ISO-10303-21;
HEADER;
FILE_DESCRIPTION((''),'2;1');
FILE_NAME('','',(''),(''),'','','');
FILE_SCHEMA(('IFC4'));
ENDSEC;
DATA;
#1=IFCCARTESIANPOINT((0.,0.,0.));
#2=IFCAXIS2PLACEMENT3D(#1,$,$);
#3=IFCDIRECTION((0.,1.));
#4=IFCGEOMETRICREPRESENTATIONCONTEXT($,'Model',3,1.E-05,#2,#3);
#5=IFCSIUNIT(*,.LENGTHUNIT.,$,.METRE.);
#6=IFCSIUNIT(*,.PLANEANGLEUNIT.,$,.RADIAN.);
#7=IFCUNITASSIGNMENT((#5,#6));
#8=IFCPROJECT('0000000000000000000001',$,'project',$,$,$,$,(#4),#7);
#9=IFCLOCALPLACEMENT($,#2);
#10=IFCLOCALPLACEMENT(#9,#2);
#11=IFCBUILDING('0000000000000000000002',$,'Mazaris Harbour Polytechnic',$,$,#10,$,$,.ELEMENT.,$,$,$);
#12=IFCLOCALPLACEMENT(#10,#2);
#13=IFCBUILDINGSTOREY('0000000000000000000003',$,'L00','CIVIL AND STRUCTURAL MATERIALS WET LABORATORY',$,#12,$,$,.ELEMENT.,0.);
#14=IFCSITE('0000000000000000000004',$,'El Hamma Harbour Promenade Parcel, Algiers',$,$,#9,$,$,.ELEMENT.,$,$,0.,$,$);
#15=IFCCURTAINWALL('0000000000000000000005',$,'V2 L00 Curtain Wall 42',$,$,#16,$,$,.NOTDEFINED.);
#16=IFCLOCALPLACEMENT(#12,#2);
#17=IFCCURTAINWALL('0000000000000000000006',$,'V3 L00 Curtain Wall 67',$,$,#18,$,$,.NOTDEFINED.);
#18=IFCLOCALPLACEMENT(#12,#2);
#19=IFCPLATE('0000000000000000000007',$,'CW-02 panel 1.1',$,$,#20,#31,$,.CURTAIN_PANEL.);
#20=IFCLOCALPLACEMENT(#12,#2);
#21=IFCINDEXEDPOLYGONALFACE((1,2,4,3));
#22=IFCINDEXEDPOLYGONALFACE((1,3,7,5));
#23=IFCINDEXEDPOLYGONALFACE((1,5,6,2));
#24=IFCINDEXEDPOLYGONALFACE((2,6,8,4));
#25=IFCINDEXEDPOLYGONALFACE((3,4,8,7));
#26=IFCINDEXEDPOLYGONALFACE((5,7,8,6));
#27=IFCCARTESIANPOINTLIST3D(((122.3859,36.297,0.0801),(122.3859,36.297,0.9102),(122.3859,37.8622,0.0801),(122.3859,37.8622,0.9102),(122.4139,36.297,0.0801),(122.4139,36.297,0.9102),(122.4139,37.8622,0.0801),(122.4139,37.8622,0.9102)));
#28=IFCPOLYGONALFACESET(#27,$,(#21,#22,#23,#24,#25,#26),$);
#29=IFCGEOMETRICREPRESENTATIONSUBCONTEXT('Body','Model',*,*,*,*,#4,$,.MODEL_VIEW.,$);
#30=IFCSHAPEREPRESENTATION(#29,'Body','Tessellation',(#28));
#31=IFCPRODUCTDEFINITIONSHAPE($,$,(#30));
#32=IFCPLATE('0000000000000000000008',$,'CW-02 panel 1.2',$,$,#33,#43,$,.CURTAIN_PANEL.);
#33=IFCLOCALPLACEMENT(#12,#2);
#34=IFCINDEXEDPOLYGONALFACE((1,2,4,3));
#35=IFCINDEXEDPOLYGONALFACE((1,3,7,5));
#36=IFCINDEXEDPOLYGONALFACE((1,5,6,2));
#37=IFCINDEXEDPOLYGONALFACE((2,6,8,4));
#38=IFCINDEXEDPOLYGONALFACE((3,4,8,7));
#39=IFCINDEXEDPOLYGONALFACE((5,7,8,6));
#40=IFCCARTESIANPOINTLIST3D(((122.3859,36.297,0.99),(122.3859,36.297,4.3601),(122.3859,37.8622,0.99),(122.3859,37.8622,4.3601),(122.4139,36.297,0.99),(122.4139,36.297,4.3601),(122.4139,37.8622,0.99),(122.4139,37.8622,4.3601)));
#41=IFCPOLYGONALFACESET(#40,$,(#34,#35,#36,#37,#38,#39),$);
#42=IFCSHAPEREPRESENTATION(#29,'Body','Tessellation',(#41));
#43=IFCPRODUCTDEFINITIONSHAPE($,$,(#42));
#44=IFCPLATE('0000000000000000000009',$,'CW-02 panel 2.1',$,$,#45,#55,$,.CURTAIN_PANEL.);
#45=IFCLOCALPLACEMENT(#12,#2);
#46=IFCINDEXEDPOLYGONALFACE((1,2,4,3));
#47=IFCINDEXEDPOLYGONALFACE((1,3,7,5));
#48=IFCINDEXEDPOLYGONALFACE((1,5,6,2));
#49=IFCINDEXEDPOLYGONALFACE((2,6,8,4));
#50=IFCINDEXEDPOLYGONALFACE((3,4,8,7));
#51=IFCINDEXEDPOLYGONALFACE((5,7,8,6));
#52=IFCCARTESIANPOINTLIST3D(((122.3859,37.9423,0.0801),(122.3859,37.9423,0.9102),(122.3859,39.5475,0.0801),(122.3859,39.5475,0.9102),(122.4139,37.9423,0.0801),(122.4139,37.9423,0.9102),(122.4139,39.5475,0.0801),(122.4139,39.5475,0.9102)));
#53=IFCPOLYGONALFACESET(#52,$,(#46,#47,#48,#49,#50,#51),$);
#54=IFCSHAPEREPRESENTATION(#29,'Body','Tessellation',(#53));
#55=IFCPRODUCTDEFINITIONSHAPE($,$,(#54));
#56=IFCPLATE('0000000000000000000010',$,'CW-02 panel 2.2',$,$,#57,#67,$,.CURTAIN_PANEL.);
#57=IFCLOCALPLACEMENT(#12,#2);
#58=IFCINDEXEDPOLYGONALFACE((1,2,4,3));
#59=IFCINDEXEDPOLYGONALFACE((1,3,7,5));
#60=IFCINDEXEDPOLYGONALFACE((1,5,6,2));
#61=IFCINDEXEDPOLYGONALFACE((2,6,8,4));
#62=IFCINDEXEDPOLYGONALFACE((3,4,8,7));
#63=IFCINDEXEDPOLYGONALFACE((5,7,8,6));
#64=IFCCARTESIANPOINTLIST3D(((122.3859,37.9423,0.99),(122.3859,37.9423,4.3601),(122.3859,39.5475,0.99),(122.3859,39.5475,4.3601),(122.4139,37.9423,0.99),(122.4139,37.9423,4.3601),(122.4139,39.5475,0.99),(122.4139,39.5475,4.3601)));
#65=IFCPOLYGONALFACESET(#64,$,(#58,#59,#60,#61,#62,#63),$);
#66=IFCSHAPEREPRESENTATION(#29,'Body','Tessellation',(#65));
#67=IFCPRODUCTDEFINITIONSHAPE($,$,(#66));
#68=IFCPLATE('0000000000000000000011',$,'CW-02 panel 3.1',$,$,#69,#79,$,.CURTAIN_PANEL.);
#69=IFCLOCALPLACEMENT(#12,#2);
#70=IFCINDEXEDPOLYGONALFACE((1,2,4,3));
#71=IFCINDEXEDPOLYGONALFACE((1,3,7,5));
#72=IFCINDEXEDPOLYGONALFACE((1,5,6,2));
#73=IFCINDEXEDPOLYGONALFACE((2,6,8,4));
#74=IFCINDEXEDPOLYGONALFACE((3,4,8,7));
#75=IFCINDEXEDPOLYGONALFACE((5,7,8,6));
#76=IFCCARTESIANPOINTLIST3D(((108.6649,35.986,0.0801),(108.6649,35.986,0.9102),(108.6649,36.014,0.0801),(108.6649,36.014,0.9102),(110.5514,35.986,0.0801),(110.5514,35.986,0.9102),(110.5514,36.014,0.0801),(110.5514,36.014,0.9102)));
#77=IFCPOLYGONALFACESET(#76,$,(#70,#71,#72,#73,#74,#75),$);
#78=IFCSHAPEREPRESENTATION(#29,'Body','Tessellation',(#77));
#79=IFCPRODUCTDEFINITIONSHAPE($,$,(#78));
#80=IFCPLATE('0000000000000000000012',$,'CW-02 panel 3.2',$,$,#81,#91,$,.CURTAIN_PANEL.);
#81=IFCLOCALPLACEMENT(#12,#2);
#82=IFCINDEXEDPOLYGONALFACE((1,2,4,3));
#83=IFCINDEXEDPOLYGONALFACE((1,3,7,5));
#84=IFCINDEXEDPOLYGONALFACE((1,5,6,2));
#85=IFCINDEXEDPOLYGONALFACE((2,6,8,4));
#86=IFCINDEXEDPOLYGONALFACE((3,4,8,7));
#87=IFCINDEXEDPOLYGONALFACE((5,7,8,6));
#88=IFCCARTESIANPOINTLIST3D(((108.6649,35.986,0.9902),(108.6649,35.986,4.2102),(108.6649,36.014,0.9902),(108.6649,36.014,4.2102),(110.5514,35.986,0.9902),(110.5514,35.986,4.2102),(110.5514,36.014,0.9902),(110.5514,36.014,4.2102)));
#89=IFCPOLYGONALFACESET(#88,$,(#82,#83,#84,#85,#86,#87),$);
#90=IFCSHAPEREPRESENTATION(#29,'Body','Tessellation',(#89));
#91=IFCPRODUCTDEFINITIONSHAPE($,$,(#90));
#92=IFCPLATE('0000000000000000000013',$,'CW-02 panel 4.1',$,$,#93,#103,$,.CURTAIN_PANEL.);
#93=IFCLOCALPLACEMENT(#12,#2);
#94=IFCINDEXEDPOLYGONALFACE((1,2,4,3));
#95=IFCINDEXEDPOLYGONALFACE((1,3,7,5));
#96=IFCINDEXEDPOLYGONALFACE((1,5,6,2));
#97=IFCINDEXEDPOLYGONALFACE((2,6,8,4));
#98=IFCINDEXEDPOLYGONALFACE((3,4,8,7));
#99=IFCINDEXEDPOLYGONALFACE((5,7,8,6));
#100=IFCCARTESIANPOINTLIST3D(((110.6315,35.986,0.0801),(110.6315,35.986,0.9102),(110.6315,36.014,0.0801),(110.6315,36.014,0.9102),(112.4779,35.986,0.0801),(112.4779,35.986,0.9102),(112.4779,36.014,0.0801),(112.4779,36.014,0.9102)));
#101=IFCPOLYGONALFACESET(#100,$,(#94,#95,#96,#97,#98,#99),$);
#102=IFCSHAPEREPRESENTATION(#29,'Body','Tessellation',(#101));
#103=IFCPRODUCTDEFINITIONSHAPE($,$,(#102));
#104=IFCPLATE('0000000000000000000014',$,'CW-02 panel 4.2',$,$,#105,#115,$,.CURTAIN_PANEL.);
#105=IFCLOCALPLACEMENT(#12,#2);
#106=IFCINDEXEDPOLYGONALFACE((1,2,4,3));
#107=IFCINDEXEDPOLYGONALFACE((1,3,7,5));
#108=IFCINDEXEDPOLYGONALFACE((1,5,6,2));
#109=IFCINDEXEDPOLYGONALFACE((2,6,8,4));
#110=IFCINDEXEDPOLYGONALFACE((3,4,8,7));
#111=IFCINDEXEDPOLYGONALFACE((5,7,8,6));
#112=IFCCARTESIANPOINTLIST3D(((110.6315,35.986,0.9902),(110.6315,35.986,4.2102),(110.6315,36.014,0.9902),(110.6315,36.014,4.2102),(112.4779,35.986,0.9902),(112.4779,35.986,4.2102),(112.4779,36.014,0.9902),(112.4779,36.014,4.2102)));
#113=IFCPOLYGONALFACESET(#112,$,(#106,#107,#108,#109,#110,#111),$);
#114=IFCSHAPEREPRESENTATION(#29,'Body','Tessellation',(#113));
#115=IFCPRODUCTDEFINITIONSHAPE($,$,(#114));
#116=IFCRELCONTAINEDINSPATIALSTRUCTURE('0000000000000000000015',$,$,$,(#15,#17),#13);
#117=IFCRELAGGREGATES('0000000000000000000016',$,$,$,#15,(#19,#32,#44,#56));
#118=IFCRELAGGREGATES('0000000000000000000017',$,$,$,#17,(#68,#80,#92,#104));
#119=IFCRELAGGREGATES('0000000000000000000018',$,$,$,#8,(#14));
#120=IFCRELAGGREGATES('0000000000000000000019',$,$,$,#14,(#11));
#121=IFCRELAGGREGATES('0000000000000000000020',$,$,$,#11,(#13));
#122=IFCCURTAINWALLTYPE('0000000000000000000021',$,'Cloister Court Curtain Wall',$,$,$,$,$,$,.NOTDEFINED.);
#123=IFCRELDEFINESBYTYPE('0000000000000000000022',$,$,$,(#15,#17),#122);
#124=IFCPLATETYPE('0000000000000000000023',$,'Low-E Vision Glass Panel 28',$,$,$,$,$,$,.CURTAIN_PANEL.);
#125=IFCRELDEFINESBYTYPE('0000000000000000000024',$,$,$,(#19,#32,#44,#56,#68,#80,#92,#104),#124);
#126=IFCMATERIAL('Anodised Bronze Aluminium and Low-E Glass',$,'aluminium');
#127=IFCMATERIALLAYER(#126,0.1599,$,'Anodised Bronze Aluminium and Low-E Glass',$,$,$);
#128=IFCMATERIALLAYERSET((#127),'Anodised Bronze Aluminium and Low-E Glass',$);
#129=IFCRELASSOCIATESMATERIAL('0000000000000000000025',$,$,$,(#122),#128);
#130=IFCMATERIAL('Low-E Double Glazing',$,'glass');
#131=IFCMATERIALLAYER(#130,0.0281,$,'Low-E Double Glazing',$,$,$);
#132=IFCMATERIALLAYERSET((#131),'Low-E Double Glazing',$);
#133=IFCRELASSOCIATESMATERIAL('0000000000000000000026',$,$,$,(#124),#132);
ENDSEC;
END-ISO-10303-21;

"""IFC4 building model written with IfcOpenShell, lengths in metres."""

from ifc_helpers import new_model, si_unit, direction, frame, origin, origin_2d, place, context, subcontext, project, spatial, rectangle, extrude, material, layer, layer_set, type_object, element, aggregate, save


model = new_model("IFC4")

# Units and contexts
model_context = context("Model", 3, precision=1e-05, world=origin(), true_north=direction((0.0, 1.0)))
body_context = subcontext(model_context, "Body", "Model", "MODEL_VIEW")
ifc_project = project(units=[si_unit("LENGTHUNIT", "METRE"), si_unit("PLANEANGLEUNIT", "RADIAN")], contexts=[model_context])

# Site, building, storey
site_placement = place(None, origin())
site = spatial("IfcSite", under=ifc_project, at=site_placement, Name="El Hamma Harbour Promenade Parcel, Algiers", CompositionType="ELEMENT", RefElevation=0.0)
building_placement = place(site_placement, origin())
building = spatial("IfcBuilding", under=site, at=building_placement, Name="Mazaris Harbour Polytechnic", CompositionType="ELEMENT")
storey_placement = place(building_placement, origin())
storey = spatial("IfcBuildingStorey", under=building, at=storey_placement, Name="L00", Description="CIVIL AND STRUCTURAL MATERIALS WET LABORATORY", CompositionType="ELEMENT", Elevation=0.0)

# Curtain walls
ifc_material_1 = material(Name="Anodised Bronze Aluminium and Low-E Glass", Category="aluminium")
ifc_layer_1 = layer(ifc_material_1, 0.1599, Name="Anodised Bronze Aluminium and Low-E Glass")
ifc_layer_set_1 = layer_set([ifc_layer_1], Name="Anodised Bronze Aluminium and Low-E Glass")
curtain_wall_type = type_object("IfcCurtainWallType", Name="Cloister Court Curtain Wall", PredefinedType="NOTDEFINED", material=ifc_layer_set_1)
curtain_wall_1_placement = place(storey_placement, origin())
curtain_wall_1 = element("IfcCurtainWall", 1, at=curtain_wall_1_placement, inside=storey, type_object=curtain_wall_type, Name="V2 L00 Curtain Wall 42", PredefinedType="NOTDEFINED")
curtain_wall_2_placement = place(storey_placement, origin())
curtain_wall_2 = element("IfcCurtainWall", 2, at=curtain_wall_2_placement, inside=storey, type_object=curtain_wall_type, Name="V3 L00 Curtain Wall 67", PredefinedType="NOTDEFINED")

# Plates
ifc_material_2 = material(Name="Low-E Double Glazing", Category="glass")
ifc_layer_2 = layer(ifc_material_2, 0.0281, Name="Low-E Double Glazing")
ifc_layer_set_2 = layer_set([ifc_layer_2], Name="Low-E Double Glazing")
plate_type = type_object("IfcPlateType", Name="Low-E Vision Glass Panel 28", PredefinedType="CURTAIN_PANEL", material=ifc_layer_set_2)
plate_1_placement = place(storey_placement, frame((122.3999, 37.0796, 0.0801), z_axis=(0.0, 0.0, 1.0), x_axis=(0.0, 1.0, 0.0)))
plate_1 = element("IfcPlate", 3, at=plate_1_placement, type_object=plate_type, Name="CW-02 panel 1.1", PredefinedType="CURTAIN_PANEL", context=body_context, shape_type="SweptSolid", body=[
    extrude(rectangle(XDim=1.5652, YDim=0.0281, at=origin_2d()), origin(), (0.0, 0.0, 1.0), 0.8301),
])
plate_2_placement = place(storey_placement, frame((122.3999, 37.0796, 0.99), z_axis=(0.0, 0.0, 1.0), x_axis=(0.0, 1.0, 0.0)))
plate_2 = element("IfcPlate", 4, at=plate_2_placement, type_object=plate_type, Name="CW-02 panel 1.2", PredefinedType="CURTAIN_PANEL", context=body_context, shape_type="SweptSolid", body=[
    extrude(rectangle(XDim=1.5652, YDim=0.0281, at=origin_2d()), origin(), (0.0, 0.0, 1.0), 3.3701),
])
plate_3_placement = place(storey_placement, frame((122.3999, 38.7449, 0.0801), z_axis=(0.0, 0.0, 1.0), x_axis=(0.0, 1.0, 0.0)))
plate_3 = element("IfcPlate", 5, at=plate_3_placement, type_object=plate_type, Name="CW-02 panel 2.1", PredefinedType="CURTAIN_PANEL", context=body_context, shape_type="SweptSolid", body=[
    extrude(rectangle(XDim=1.6052, YDim=0.0281, at=origin_2d()), origin(), (0.0, 0.0, 1.0), 0.8301),
])
plate_4_placement = place(storey_placement, frame((122.3999, 38.7449, 0.99), z_axis=(0.0, 0.0, 1.0), x_axis=(0.0, 1.0, 0.0)))
plate_4 = element("IfcPlate", 6, at=plate_4_placement, type_object=plate_type, Name="CW-02 panel 2.2", PredefinedType="CURTAIN_PANEL", context=body_context, shape_type="SweptSolid", body=[
    extrude(rectangle(XDim=1.6052, YDim=0.0281, at=origin_2d()), origin(), (0.0, 0.0, 1.0), 3.3701),
])
aggregate(curtain_wall_1, [plate_1, plate_2, plate_3, plate_4])
plate_5_placement = place(storey_placement, frame((109.6082, 36.0, 0.0801), z_axis=(0.0, 0.0, 1.0), x_axis=(1.0, 0.0, 0.0)))
plate_5 = element("IfcPlate", 7, at=plate_5_placement, type_object=plate_type, Name="CW-02 panel 3.1", PredefinedType="CURTAIN_PANEL", context=body_context, shape_type="SweptSolid", body=[
    extrude(rectangle(XDim=1.8865, YDim=0.0281, at=origin_2d()), origin(), (0.0, 0.0, 1.0), 0.8301),
])
plate_6_placement = place(storey_placement, frame((109.6082, 36.0, 0.9902), z_axis=(0.0, 0.0, 1.0), x_axis=(1.0, 0.0, 0.0)))
plate_6 = element("IfcPlate", 8, at=plate_6_placement, type_object=plate_type, Name="CW-02 panel 3.2", PredefinedType="CURTAIN_PANEL", context=body_context, shape_type="SweptSolid", body=[
    extrude(rectangle(XDim=1.8865, YDim=0.0281, at=origin_2d()), origin(), (0.0, 0.0, 1.0), 3.22),
])
plate_7_placement = place(storey_placement, frame((111.5547, 36.0, 0.0801), z_axis=(0.0, 0.0, 1.0), x_axis=(1.0, 0.0, 0.0)))
plate_7 = element("IfcPlate", 9, at=plate_7_placement, type_object=plate_type, Name="CW-02 panel 4.1", PredefinedType="CURTAIN_PANEL", context=body_context, shape_type="SweptSolid", body=[
    extrude(rectangle(XDim=1.8464, YDim=0.0281, at=origin_2d()), origin(), (0.0, 0.0, 1.0), 0.8301),
])
plate_8_placement = place(storey_placement, frame((111.5547, 36.0, 0.9902), z_axis=(0.0, 0.0, 1.0), x_axis=(1.0, 0.0, 0.0)))
plate_8 = element("IfcPlate", 10, at=plate_8_placement, type_object=plate_type, Name="CW-02 panel 4.2", PredefinedType="CURTAIN_PANEL", context=body_context, shape_type="SweptSolid", body=[
    extrude(rectangle(XDim=1.8464, YDim=0.0281, at=origin_2d()), origin(), (0.0, 0.0, 1.0), 3.22),
])
aggregate(curtain_wall_2, [plate_5, plate_6, plate_7, plate_8])

save(model, "model.ifc")
